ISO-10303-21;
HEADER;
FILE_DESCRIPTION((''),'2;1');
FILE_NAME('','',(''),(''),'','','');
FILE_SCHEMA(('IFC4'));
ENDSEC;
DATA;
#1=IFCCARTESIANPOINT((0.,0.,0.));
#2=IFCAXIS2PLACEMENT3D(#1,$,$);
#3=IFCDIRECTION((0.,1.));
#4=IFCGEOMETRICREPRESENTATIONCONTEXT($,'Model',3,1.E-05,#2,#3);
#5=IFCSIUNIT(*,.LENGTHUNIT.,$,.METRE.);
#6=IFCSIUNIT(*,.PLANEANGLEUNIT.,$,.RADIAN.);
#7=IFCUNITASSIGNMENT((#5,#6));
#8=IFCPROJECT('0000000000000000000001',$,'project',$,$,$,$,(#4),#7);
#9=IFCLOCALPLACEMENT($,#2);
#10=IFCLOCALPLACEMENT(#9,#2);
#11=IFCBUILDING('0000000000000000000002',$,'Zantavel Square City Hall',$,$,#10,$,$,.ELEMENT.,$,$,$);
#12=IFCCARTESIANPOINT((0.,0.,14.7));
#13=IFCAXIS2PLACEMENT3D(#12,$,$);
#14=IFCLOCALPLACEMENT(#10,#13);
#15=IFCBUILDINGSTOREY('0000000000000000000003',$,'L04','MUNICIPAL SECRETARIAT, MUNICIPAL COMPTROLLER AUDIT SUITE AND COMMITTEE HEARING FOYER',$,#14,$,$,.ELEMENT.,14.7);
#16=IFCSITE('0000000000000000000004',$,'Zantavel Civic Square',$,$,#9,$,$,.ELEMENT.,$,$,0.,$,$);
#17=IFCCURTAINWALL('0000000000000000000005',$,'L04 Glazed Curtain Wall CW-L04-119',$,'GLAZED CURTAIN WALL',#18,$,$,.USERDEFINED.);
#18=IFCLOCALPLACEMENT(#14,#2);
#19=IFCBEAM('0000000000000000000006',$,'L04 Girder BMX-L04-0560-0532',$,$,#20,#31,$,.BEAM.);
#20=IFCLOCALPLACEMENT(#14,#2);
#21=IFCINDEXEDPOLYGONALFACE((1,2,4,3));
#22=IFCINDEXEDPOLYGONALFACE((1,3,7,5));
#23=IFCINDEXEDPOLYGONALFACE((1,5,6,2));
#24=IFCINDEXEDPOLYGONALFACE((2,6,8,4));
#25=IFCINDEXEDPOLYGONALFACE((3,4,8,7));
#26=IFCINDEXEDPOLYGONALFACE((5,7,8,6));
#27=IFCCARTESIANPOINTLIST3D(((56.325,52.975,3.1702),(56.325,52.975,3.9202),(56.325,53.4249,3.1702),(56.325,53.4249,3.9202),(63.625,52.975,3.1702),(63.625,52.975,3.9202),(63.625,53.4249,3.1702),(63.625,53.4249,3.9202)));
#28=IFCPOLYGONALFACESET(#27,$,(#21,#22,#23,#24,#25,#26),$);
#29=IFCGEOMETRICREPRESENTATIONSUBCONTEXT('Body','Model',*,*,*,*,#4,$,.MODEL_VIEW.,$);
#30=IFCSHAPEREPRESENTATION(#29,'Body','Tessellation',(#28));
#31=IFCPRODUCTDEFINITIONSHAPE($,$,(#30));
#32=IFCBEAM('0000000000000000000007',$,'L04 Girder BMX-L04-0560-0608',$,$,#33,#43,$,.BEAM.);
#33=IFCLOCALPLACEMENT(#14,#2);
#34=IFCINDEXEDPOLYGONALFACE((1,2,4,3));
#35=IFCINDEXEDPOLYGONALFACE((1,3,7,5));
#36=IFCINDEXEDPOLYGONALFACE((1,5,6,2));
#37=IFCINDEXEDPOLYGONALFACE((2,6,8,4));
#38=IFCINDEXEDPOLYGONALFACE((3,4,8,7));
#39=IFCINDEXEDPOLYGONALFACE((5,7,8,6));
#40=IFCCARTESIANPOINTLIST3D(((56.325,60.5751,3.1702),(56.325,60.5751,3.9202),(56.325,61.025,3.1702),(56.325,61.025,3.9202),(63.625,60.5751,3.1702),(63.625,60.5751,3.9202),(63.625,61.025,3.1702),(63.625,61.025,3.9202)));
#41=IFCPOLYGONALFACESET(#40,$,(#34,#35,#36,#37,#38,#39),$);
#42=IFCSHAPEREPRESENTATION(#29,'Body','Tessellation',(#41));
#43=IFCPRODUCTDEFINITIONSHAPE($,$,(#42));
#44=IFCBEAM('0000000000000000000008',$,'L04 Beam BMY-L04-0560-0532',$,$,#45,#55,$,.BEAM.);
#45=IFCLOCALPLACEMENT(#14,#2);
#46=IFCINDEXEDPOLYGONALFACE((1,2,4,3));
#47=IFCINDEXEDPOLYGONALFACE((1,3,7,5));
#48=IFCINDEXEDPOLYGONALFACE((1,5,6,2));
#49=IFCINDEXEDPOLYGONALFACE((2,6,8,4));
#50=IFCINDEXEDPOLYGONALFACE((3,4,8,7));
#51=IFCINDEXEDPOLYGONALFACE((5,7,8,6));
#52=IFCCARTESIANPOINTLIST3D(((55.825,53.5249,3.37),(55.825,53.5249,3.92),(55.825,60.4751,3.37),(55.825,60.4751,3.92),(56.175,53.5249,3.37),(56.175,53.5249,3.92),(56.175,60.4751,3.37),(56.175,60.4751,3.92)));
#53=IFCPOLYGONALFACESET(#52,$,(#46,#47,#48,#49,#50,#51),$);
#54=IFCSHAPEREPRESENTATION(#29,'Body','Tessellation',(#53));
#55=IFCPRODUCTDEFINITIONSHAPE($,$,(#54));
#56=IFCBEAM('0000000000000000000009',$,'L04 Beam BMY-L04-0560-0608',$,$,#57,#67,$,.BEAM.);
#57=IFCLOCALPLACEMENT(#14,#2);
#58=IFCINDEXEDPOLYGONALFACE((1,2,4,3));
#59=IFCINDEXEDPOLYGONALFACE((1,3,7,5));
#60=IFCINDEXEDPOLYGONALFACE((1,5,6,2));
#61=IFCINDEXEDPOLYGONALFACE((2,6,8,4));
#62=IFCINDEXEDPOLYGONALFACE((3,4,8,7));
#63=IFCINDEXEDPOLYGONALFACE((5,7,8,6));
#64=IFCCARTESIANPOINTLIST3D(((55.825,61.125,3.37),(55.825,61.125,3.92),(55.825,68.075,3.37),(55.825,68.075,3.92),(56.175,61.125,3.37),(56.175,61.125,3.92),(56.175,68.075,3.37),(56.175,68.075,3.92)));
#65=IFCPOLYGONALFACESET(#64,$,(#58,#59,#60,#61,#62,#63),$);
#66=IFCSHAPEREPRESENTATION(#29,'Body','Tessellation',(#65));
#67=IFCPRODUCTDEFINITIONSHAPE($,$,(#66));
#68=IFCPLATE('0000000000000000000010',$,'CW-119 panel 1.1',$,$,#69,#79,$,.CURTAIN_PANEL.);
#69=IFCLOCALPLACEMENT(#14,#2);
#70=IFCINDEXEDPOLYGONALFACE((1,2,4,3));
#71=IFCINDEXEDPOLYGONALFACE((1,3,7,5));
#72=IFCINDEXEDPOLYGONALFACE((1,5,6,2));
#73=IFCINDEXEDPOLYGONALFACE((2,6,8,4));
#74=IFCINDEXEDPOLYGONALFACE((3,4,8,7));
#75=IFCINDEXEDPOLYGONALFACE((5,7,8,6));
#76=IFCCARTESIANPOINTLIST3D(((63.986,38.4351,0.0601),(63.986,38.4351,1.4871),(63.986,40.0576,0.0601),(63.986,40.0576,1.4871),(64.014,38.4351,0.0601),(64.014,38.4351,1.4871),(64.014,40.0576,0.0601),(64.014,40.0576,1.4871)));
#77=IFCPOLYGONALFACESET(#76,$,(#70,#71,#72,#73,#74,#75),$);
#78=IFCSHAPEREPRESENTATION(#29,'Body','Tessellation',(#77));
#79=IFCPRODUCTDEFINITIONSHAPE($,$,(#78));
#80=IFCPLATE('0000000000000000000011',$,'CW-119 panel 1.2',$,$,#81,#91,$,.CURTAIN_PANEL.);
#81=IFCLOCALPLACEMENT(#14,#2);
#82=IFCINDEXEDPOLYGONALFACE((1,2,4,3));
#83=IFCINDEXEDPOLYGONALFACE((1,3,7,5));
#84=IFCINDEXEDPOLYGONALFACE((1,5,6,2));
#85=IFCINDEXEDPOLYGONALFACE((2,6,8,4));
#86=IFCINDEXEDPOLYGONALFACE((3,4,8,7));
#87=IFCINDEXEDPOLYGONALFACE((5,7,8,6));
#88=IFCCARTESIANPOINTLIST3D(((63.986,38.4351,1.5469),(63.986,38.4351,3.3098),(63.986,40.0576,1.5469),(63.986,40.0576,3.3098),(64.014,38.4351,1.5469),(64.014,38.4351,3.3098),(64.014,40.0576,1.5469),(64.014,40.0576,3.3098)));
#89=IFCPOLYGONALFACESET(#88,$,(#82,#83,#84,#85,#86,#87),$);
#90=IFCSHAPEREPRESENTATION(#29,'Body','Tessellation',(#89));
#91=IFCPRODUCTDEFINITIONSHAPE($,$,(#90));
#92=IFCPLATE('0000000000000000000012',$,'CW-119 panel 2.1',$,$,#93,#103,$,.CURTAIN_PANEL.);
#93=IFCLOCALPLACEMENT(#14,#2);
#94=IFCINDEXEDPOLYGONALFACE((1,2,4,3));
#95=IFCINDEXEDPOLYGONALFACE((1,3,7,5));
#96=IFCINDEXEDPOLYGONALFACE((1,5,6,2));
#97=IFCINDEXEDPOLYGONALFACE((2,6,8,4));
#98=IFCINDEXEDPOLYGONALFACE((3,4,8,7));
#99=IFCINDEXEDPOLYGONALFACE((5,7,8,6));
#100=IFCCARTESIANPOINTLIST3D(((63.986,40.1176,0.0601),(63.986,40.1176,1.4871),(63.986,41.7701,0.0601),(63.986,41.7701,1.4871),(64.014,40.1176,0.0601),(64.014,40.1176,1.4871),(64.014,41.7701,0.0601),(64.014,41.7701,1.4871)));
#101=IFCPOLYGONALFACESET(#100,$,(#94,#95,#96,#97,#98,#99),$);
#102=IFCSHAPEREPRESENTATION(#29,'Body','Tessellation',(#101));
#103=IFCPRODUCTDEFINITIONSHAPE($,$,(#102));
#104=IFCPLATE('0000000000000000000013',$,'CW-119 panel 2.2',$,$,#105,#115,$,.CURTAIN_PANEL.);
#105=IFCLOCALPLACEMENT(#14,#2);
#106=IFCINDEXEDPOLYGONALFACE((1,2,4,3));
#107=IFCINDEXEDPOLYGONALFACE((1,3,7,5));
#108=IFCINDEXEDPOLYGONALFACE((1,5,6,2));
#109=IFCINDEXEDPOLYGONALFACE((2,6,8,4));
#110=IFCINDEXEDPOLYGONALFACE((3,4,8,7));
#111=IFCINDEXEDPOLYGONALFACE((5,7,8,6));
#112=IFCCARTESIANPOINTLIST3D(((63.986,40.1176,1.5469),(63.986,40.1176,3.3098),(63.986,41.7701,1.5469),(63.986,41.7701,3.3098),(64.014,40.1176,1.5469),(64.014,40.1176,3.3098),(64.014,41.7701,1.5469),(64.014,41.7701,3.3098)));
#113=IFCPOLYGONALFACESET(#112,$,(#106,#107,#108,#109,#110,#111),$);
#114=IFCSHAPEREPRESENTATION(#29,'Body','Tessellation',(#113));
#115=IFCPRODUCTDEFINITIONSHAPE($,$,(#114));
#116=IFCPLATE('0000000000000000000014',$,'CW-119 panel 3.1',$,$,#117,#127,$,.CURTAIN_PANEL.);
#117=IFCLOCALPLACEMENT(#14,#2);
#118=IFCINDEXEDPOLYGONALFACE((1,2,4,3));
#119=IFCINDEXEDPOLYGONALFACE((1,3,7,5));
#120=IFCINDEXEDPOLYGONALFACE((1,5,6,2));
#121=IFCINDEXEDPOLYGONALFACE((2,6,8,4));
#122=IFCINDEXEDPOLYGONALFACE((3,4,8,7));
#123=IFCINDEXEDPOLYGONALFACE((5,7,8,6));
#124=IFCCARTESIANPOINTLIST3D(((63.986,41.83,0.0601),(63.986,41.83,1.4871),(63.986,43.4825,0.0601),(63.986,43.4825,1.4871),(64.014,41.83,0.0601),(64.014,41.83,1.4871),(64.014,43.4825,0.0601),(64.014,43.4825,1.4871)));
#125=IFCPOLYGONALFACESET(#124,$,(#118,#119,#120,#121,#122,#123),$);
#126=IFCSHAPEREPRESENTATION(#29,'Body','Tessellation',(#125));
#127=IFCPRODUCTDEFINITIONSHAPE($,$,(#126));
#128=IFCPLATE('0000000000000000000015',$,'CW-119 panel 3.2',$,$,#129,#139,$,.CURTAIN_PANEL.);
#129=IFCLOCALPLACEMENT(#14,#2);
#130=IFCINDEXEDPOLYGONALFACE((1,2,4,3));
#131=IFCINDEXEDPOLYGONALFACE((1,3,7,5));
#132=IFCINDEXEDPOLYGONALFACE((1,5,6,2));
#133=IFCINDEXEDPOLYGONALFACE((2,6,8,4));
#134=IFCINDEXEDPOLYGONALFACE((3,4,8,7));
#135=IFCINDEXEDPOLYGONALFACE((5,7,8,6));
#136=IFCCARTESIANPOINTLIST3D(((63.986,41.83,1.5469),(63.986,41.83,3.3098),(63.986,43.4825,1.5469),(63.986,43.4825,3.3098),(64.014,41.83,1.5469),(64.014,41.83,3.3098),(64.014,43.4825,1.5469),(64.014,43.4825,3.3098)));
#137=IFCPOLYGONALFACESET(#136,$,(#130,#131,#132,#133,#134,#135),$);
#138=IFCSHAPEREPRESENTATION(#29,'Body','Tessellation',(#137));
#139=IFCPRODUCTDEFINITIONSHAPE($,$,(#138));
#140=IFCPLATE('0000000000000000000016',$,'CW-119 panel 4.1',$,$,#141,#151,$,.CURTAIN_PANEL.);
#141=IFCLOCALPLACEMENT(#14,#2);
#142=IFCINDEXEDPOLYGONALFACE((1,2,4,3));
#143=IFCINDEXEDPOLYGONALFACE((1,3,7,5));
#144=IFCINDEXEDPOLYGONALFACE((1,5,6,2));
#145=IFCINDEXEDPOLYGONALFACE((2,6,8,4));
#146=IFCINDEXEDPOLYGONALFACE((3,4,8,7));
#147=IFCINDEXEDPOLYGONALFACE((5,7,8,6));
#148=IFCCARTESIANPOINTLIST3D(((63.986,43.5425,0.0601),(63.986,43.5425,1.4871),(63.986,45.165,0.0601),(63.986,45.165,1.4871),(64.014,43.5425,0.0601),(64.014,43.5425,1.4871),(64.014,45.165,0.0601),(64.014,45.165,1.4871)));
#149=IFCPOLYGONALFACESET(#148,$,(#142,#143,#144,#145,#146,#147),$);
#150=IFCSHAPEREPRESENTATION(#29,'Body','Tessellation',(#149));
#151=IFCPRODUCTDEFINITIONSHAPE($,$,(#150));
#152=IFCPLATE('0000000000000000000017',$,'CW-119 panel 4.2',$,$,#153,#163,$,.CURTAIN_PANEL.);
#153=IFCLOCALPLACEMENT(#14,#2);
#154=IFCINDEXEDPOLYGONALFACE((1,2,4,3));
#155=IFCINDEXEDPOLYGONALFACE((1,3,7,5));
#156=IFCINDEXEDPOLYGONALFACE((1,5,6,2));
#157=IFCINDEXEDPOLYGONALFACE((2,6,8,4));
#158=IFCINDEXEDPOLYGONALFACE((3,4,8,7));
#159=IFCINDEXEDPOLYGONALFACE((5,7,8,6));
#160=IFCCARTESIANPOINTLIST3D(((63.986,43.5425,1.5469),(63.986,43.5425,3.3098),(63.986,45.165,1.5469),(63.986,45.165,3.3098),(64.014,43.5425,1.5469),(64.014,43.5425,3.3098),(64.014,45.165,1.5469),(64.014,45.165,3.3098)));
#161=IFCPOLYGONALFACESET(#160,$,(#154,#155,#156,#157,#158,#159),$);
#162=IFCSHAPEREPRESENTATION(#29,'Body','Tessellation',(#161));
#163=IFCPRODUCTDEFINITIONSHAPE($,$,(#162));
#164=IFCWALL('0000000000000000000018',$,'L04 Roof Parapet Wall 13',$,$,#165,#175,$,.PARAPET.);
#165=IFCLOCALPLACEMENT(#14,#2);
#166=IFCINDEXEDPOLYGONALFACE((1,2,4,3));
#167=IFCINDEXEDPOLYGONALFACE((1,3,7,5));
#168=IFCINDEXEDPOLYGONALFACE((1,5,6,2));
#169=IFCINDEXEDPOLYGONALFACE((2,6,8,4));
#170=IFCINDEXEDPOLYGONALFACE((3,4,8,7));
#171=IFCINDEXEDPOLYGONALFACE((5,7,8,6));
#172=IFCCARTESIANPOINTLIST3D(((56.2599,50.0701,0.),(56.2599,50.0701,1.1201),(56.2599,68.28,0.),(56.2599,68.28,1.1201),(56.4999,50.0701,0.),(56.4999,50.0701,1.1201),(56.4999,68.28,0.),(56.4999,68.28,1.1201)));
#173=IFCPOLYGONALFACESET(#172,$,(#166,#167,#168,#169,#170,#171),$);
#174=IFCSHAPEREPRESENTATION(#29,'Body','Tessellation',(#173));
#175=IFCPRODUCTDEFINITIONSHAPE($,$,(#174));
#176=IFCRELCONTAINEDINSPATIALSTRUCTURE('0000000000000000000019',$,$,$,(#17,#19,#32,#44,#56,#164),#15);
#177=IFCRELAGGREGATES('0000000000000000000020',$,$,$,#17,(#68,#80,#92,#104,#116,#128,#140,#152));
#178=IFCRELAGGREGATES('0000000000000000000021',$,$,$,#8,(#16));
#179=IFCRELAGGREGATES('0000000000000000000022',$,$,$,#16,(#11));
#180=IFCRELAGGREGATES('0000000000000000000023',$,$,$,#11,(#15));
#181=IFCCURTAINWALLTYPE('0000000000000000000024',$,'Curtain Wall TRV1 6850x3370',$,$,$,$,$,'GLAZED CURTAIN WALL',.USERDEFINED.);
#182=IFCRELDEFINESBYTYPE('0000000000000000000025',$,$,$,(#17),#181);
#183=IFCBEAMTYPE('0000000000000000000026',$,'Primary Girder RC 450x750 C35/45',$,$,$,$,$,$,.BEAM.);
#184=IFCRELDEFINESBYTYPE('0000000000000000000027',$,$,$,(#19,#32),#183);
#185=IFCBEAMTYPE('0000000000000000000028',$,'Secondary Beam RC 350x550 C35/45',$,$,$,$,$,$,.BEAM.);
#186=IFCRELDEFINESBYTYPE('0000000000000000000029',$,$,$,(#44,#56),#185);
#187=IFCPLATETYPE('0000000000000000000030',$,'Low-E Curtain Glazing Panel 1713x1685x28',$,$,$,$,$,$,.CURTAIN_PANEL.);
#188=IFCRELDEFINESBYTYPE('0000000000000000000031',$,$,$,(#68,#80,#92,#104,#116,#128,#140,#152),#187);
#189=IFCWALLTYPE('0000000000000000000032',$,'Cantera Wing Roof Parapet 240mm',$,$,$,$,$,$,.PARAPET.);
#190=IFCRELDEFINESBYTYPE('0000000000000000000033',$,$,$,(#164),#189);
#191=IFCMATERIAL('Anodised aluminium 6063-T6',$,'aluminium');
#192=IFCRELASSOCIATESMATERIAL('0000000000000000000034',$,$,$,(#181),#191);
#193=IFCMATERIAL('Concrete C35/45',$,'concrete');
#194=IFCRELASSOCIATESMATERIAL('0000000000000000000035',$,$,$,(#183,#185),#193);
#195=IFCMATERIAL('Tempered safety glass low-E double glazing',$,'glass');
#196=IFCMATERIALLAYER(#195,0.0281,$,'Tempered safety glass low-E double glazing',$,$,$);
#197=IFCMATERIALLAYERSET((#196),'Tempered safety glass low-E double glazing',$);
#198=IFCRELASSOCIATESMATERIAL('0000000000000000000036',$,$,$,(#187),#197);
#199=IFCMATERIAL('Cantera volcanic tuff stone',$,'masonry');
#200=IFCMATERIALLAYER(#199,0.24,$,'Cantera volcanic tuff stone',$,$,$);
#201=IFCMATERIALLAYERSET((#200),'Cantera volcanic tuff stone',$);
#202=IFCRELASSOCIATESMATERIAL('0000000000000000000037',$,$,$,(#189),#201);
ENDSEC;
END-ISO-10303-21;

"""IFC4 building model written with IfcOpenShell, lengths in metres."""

from ifc_helpers import new_model, si_unit, direction, frame, frame_2d, origin, origin_2d, place, context, subcontext, project, spatial, rectangle, extrude, material, layer, layer_set, material_profile, profile_set, type_object, element, aggregate, save


model = new_model("IFC4")

# Units and contexts
model_context = context("Model", 3, precision=1e-05, world=origin(), true_north=direction((0.0, 1.0)))
body_context = subcontext(model_context, "Body", "Model", "MODEL_VIEW")
ifc_project = project(units=[si_unit("LENGTHUNIT", "METRE"), si_unit("PLANEANGLEUNIT", "RADIAN")], contexts=[model_context])

# Site, building, storey
site_placement = place(None, origin())
site = spatial("IfcSite", under=ifc_project, at=site_placement, Name="Zantavel Civic Square", CompositionType="ELEMENT", RefElevation=0.0)
building_placement = place(site_placement, origin())
building = spatial("IfcBuilding", under=site, at=building_placement, Name="Zantavel Square City Hall", CompositionType="ELEMENT")
storey_placement = place(building_placement, frame((0.0, 0.0, 14.7)))
storey = spatial("IfcBuildingStorey", under=building, at=storey_placement, Name="L04", Description="MUNICIPAL SECRETARIAT, MUNICIPAL COMPTROLLER AUDIT SUITE AND COMMITTEE HEARING FOYER", CompositionType="ELEMENT", Elevation=14.7)

# Curtain wall
ifc_material_1 = material(Name="Anodised aluminium 6063-T6", Category="aluminium")
curtain_wall_type = type_object("IfcCurtainWallType", Name="Curtain Wall TRV1 6850x3370", ElementType="GLAZED CURTAIN WALL", PredefinedType="USERDEFINED", material=ifc_material_1)
curtain_wall_placement = place(storey_placement, origin())
curtain_wall = element("IfcCurtainWall", 1, at=curtain_wall_placement, inside=storey, type_object=curtain_wall_type, Name="L04 Glazed Curtain Wall CW-L04-119", ObjectType="GLAZED CURTAIN WALL", PredefinedType="USERDEFINED")

# Beams
ifc_material_2 = material(Name="Concrete C35/45", Category="concrete")
ifc_material_profile_1 = material_profile(ifc_material_2, rectangle(XDim=0.45, YDim=0.75, at=origin_2d()), Name="RC 450x750")
ifc_profile_set_1 = profile_set([ifc_material_profile_1], Name="Concrete C35/45")
beam_type_1 = type_object("IfcBeamType", Name="Primary Girder RC 450x750 C35/45", PredefinedType="BEAM", material=ifc_profile_set_1)
for number, where, z_axis, x_axis, name in (
    (2, (56.325, 53.2, 3.5452), (1.0, 0.0, 0.0), (0.0, 1.0, 0.0), "L04 Girder BMX-L04-0560-0532"),
    (3, (56.325, 60.8, 3.5452), (1.0, 0.0, 0.0), (0.0, 1.0, 0.0), "L04 Girder BMX-L04-0560-0608"),
):
    element("IfcBeam", number, at=place(storey_placement, frame(where, z_axis=z_axis, x_axis=x_axis)), inside=storey, type_object=beam_type_1, Name=name, PredefinedType="BEAM", context=body_context, shape_type="SweptSolid", body=[
        extrude(rectangle(XDim=0.45, YDim=0.75, at=origin_2d()), origin(), (0.0, 0.0, 1.0), 7.3),
    ])
ifc_material_profile_2 = material_profile(ifc_material_2, rectangle(XDim=0.3501, YDim=0.55, at=origin_2d()), Name="RC 350x550")
ifc_profile_set_2 = profile_set([ifc_material_profile_2], Name="Concrete C35/45")
beam_type_2 = type_object("IfcBeamType", Name="Secondary Beam RC 350x550 C35/45", PredefinedType="BEAM", material=ifc_profile_set_2)
beam_1_placement = place(storey_placement, frame((56.0, 53.5249, 3.645), z_axis=(0.0, 1.0, 0.0), x_axis=(-1.0, 0.0, 0.0)))
element("IfcBeam", 4, at=beam_1_placement, inside=storey, type_object=beam_type_2, Name="L04 Beam BMY-L04-0560-0532", PredefinedType="BEAM", context=body_context, shape_type="SweptSolid", body=[
    extrude(rectangle(XDim=0.3501, YDim=0.55, at=origin_2d()), origin(), (0.0, 0.0, 1.0), 6.9502),
])
beam_2_placement = place(storey_placement, frame((56.0, 61.125, 3.645), z_axis=(0.0, 1.0, 0.0), x_axis=(-1.0, 0.0, 0.0)))
element("IfcBeam", 5, at=beam_2_placement, inside=storey, type_object=beam_type_2, Name="L04 Beam BMY-L04-0560-0608", PredefinedType="BEAM", context=body_context, shape_type="SweptSolid", body=[
    extrude(rectangle(XDim=0.3501, YDim=0.55, at=origin_2d()), origin(), (0.0, 0.0, 1.0), 6.95),
])

# Plates
ifc_material_3 = material(Name="Tempered safety glass low-E double glazing", Category="glass")
ifc_layer_1 = layer(ifc_material_3, 0.0281, Name="Tempered safety glass low-E double glazing")
ifc_layer_set_1 = layer_set([ifc_layer_1], Name="Tempered safety glass low-E double glazing")
plate_type = type_object("IfcPlateType", Name="Low-E Curtain Glazing Panel 1713x1685x28", PredefinedType="CURTAIN_PANEL", material=ifc_layer_set_1)
plate_1_placement = place(storey_placement, frame((64.0, 39.2463, 0.0601), z_axis=(0.0, 0.0, 1.0), x_axis=(0.0, 1.0, 0.0)))
plate_1 = element("IfcPlate", 6, at=plate_1_placement, type_object=plate_type, Name="CW-119 panel 1.1", PredefinedType="CURTAIN_PANEL", context=body_context, shape_type="SweptSolid", body=[
    extrude(rectangle(XDim=1.6226, YDim=0.0281, at=origin_2d()), origin(), (0.0, 0.0, 1.0), 1.427),
])
plate_2_placement = place(storey_placement, frame((64.0, 39.2463, 1.5469), z_axis=(0.0, 0.0, 1.0), x_axis=(0.0, 1.0, 0.0)))
plate_2 = element("IfcPlate", 7, at=plate_2_placement, type_object=plate_type, Name="CW-119 panel 1.2", PredefinedType="CURTAIN_PANEL", context=body_context, shape_type="SweptSolid", body=[
    extrude(rectangle(XDim=1.6226, YDim=0.0281, at=origin_2d()), origin(), (0.0, 0.0, 1.0), 1.7629),
])
plate_3_placement = place(storey_placement, frame((64.0, 40.9438, 0.0601), z_axis=(0.0, 0.0, 1.0), x_axis=(0.0, 1.0, 0.0)))
plate_3 = element("IfcPlate", 8, at=plate_3_placement, type_object=plate_type, Name="CW-119 panel 2.1", PredefinedType="CURTAIN_PANEL", context=body_context, shape_type="SweptSolid", body=[
    extrude(rectangle(XDim=1.6526, YDim=0.0281, at=origin_2d()), origin(), (0.0, 0.0, 1.0), 1.427),
])
plate_4_placement = place(storey_placement, frame((64.0, 40.9438, 1.5469), z_axis=(0.0, 0.0, 1.0), x_axis=(0.0, 1.0, 0.0)))
plate_4 = element("IfcPlate", 9, at=plate_4_placement, type_object=plate_type, Name="CW-119 panel 2.2", PredefinedType="CURTAIN_PANEL", context=body_context, shape_type="SweptSolid", body=[
    extrude(rectangle(XDim=1.6526, YDim=0.0281, at=origin_2d()), origin(), (0.0, 0.0, 1.0), 1.7629),
])
plate_5_placement = place(storey_placement, frame((64.0, 42.6562, 0.0601), z_axis=(0.0, 0.0, 1.0), x_axis=(0.0, 1.0, 0.0)))
plate_5 = element("IfcPlate", 10, at=plate_5_placement, type_object=plate_type, Name="CW-119 panel 3.1", PredefinedType="CURTAIN_PANEL", context=body_context, shape_type="SweptSolid", body=[
    extrude(rectangle(XDim=1.6526, YDim=0.0281, at=origin_2d()), origin(), (0.0, 0.0, 1.0), 1.427),
])
plate_6_placement = place(storey_placement, frame((64.0, 42.6562, 1.5469), z_axis=(0.0, 0.0, 1.0), x_axis=(0.0, 1.0, 0.0)))
plate_6 = element("IfcPlate", 11, at=plate_6_placement, type_object=plate_type, Name="CW-119 panel 3.2", PredefinedType="CURTAIN_PANEL", context=body_context, shape_type="SweptSolid", body=[
    extrude(rectangle(XDim=1.6526, YDim=0.0281, at=origin_2d()), origin(), (0.0, 0.0, 1.0), 1.7629),
])
plate_7_placement = place(storey_placement, frame((64.0, 44.3538, 0.0601), z_axis=(0.0, 0.0, 1.0), x_axis=(0.0, 1.0, 0.0)))
plate_7 = element("IfcPlate", 12, at=plate_7_placement, type_object=plate_type, Name="CW-119 panel 4.1", PredefinedType="CURTAIN_PANEL", context=body_context, shape_type="SweptSolid", body=[
    extrude(rectangle(XDim=1.6226, YDim=0.0281, at=origin_2d()), origin(), (0.0, 0.0, 1.0), 1.427),
])
plate_8_placement = place(storey_placement, frame((64.0, 44.3538, 1.5469), z_axis=(0.0, 0.0, 1.0), x_axis=(0.0, 1.0, 0.0)))
plate_8 = element("IfcPlate", 13, at=plate_8_placement, type_object=plate_type, Name="CW-119 panel 4.2", PredefinedType="CURTAIN_PANEL", context=body_context, shape_type="SweptSolid", body=[
    extrude(rectangle(XDim=1.6226, YDim=0.0281, at=origin_2d()), origin(), (0.0, 0.0, 1.0), 1.7629),
])
aggregate(curtain_wall, [plate_1, plate_2, plate_3, plate_4, plate_5, plate_6, plate_7, plate_8])

# Wall
ifc_material_4 = material(Name="Cantera volcanic tuff stone", Category="masonry")
ifc_layer_2 = layer(ifc_material_4, 0.24, Name="Cantera volcanic tuff stone")
ifc_layer_set_2 = layer_set([ifc_layer_2], Name="Cantera volcanic tuff stone")
wall_type = type_object("IfcWallType", Name="Cantera Wing Roof Parapet 240mm", PredefinedType="PARAPET", material=ifc_layer_set_2)
wall_placement = place(storey_placement, frame((56.3799, 50.0701, 0.0), z_axis=(0.0, 0.0, 1.0), x_axis=(0.0, 1.0, 0.0)))
element("IfcWall", 14, at=wall_placement, inside=storey, type_object=wall_type, Name="L04 Roof Parapet Wall 13", PredefinedType="PARAPET", context=body_context, shape_type="SweptSolid", body=[
    extrude(rectangle(XDim=18.21, YDim=0.24, at=frame_2d((9.105, 0.0))), origin(), (0.0, 0.0, 1.0), 1.1201),
])

save(model, "model.ifc")
